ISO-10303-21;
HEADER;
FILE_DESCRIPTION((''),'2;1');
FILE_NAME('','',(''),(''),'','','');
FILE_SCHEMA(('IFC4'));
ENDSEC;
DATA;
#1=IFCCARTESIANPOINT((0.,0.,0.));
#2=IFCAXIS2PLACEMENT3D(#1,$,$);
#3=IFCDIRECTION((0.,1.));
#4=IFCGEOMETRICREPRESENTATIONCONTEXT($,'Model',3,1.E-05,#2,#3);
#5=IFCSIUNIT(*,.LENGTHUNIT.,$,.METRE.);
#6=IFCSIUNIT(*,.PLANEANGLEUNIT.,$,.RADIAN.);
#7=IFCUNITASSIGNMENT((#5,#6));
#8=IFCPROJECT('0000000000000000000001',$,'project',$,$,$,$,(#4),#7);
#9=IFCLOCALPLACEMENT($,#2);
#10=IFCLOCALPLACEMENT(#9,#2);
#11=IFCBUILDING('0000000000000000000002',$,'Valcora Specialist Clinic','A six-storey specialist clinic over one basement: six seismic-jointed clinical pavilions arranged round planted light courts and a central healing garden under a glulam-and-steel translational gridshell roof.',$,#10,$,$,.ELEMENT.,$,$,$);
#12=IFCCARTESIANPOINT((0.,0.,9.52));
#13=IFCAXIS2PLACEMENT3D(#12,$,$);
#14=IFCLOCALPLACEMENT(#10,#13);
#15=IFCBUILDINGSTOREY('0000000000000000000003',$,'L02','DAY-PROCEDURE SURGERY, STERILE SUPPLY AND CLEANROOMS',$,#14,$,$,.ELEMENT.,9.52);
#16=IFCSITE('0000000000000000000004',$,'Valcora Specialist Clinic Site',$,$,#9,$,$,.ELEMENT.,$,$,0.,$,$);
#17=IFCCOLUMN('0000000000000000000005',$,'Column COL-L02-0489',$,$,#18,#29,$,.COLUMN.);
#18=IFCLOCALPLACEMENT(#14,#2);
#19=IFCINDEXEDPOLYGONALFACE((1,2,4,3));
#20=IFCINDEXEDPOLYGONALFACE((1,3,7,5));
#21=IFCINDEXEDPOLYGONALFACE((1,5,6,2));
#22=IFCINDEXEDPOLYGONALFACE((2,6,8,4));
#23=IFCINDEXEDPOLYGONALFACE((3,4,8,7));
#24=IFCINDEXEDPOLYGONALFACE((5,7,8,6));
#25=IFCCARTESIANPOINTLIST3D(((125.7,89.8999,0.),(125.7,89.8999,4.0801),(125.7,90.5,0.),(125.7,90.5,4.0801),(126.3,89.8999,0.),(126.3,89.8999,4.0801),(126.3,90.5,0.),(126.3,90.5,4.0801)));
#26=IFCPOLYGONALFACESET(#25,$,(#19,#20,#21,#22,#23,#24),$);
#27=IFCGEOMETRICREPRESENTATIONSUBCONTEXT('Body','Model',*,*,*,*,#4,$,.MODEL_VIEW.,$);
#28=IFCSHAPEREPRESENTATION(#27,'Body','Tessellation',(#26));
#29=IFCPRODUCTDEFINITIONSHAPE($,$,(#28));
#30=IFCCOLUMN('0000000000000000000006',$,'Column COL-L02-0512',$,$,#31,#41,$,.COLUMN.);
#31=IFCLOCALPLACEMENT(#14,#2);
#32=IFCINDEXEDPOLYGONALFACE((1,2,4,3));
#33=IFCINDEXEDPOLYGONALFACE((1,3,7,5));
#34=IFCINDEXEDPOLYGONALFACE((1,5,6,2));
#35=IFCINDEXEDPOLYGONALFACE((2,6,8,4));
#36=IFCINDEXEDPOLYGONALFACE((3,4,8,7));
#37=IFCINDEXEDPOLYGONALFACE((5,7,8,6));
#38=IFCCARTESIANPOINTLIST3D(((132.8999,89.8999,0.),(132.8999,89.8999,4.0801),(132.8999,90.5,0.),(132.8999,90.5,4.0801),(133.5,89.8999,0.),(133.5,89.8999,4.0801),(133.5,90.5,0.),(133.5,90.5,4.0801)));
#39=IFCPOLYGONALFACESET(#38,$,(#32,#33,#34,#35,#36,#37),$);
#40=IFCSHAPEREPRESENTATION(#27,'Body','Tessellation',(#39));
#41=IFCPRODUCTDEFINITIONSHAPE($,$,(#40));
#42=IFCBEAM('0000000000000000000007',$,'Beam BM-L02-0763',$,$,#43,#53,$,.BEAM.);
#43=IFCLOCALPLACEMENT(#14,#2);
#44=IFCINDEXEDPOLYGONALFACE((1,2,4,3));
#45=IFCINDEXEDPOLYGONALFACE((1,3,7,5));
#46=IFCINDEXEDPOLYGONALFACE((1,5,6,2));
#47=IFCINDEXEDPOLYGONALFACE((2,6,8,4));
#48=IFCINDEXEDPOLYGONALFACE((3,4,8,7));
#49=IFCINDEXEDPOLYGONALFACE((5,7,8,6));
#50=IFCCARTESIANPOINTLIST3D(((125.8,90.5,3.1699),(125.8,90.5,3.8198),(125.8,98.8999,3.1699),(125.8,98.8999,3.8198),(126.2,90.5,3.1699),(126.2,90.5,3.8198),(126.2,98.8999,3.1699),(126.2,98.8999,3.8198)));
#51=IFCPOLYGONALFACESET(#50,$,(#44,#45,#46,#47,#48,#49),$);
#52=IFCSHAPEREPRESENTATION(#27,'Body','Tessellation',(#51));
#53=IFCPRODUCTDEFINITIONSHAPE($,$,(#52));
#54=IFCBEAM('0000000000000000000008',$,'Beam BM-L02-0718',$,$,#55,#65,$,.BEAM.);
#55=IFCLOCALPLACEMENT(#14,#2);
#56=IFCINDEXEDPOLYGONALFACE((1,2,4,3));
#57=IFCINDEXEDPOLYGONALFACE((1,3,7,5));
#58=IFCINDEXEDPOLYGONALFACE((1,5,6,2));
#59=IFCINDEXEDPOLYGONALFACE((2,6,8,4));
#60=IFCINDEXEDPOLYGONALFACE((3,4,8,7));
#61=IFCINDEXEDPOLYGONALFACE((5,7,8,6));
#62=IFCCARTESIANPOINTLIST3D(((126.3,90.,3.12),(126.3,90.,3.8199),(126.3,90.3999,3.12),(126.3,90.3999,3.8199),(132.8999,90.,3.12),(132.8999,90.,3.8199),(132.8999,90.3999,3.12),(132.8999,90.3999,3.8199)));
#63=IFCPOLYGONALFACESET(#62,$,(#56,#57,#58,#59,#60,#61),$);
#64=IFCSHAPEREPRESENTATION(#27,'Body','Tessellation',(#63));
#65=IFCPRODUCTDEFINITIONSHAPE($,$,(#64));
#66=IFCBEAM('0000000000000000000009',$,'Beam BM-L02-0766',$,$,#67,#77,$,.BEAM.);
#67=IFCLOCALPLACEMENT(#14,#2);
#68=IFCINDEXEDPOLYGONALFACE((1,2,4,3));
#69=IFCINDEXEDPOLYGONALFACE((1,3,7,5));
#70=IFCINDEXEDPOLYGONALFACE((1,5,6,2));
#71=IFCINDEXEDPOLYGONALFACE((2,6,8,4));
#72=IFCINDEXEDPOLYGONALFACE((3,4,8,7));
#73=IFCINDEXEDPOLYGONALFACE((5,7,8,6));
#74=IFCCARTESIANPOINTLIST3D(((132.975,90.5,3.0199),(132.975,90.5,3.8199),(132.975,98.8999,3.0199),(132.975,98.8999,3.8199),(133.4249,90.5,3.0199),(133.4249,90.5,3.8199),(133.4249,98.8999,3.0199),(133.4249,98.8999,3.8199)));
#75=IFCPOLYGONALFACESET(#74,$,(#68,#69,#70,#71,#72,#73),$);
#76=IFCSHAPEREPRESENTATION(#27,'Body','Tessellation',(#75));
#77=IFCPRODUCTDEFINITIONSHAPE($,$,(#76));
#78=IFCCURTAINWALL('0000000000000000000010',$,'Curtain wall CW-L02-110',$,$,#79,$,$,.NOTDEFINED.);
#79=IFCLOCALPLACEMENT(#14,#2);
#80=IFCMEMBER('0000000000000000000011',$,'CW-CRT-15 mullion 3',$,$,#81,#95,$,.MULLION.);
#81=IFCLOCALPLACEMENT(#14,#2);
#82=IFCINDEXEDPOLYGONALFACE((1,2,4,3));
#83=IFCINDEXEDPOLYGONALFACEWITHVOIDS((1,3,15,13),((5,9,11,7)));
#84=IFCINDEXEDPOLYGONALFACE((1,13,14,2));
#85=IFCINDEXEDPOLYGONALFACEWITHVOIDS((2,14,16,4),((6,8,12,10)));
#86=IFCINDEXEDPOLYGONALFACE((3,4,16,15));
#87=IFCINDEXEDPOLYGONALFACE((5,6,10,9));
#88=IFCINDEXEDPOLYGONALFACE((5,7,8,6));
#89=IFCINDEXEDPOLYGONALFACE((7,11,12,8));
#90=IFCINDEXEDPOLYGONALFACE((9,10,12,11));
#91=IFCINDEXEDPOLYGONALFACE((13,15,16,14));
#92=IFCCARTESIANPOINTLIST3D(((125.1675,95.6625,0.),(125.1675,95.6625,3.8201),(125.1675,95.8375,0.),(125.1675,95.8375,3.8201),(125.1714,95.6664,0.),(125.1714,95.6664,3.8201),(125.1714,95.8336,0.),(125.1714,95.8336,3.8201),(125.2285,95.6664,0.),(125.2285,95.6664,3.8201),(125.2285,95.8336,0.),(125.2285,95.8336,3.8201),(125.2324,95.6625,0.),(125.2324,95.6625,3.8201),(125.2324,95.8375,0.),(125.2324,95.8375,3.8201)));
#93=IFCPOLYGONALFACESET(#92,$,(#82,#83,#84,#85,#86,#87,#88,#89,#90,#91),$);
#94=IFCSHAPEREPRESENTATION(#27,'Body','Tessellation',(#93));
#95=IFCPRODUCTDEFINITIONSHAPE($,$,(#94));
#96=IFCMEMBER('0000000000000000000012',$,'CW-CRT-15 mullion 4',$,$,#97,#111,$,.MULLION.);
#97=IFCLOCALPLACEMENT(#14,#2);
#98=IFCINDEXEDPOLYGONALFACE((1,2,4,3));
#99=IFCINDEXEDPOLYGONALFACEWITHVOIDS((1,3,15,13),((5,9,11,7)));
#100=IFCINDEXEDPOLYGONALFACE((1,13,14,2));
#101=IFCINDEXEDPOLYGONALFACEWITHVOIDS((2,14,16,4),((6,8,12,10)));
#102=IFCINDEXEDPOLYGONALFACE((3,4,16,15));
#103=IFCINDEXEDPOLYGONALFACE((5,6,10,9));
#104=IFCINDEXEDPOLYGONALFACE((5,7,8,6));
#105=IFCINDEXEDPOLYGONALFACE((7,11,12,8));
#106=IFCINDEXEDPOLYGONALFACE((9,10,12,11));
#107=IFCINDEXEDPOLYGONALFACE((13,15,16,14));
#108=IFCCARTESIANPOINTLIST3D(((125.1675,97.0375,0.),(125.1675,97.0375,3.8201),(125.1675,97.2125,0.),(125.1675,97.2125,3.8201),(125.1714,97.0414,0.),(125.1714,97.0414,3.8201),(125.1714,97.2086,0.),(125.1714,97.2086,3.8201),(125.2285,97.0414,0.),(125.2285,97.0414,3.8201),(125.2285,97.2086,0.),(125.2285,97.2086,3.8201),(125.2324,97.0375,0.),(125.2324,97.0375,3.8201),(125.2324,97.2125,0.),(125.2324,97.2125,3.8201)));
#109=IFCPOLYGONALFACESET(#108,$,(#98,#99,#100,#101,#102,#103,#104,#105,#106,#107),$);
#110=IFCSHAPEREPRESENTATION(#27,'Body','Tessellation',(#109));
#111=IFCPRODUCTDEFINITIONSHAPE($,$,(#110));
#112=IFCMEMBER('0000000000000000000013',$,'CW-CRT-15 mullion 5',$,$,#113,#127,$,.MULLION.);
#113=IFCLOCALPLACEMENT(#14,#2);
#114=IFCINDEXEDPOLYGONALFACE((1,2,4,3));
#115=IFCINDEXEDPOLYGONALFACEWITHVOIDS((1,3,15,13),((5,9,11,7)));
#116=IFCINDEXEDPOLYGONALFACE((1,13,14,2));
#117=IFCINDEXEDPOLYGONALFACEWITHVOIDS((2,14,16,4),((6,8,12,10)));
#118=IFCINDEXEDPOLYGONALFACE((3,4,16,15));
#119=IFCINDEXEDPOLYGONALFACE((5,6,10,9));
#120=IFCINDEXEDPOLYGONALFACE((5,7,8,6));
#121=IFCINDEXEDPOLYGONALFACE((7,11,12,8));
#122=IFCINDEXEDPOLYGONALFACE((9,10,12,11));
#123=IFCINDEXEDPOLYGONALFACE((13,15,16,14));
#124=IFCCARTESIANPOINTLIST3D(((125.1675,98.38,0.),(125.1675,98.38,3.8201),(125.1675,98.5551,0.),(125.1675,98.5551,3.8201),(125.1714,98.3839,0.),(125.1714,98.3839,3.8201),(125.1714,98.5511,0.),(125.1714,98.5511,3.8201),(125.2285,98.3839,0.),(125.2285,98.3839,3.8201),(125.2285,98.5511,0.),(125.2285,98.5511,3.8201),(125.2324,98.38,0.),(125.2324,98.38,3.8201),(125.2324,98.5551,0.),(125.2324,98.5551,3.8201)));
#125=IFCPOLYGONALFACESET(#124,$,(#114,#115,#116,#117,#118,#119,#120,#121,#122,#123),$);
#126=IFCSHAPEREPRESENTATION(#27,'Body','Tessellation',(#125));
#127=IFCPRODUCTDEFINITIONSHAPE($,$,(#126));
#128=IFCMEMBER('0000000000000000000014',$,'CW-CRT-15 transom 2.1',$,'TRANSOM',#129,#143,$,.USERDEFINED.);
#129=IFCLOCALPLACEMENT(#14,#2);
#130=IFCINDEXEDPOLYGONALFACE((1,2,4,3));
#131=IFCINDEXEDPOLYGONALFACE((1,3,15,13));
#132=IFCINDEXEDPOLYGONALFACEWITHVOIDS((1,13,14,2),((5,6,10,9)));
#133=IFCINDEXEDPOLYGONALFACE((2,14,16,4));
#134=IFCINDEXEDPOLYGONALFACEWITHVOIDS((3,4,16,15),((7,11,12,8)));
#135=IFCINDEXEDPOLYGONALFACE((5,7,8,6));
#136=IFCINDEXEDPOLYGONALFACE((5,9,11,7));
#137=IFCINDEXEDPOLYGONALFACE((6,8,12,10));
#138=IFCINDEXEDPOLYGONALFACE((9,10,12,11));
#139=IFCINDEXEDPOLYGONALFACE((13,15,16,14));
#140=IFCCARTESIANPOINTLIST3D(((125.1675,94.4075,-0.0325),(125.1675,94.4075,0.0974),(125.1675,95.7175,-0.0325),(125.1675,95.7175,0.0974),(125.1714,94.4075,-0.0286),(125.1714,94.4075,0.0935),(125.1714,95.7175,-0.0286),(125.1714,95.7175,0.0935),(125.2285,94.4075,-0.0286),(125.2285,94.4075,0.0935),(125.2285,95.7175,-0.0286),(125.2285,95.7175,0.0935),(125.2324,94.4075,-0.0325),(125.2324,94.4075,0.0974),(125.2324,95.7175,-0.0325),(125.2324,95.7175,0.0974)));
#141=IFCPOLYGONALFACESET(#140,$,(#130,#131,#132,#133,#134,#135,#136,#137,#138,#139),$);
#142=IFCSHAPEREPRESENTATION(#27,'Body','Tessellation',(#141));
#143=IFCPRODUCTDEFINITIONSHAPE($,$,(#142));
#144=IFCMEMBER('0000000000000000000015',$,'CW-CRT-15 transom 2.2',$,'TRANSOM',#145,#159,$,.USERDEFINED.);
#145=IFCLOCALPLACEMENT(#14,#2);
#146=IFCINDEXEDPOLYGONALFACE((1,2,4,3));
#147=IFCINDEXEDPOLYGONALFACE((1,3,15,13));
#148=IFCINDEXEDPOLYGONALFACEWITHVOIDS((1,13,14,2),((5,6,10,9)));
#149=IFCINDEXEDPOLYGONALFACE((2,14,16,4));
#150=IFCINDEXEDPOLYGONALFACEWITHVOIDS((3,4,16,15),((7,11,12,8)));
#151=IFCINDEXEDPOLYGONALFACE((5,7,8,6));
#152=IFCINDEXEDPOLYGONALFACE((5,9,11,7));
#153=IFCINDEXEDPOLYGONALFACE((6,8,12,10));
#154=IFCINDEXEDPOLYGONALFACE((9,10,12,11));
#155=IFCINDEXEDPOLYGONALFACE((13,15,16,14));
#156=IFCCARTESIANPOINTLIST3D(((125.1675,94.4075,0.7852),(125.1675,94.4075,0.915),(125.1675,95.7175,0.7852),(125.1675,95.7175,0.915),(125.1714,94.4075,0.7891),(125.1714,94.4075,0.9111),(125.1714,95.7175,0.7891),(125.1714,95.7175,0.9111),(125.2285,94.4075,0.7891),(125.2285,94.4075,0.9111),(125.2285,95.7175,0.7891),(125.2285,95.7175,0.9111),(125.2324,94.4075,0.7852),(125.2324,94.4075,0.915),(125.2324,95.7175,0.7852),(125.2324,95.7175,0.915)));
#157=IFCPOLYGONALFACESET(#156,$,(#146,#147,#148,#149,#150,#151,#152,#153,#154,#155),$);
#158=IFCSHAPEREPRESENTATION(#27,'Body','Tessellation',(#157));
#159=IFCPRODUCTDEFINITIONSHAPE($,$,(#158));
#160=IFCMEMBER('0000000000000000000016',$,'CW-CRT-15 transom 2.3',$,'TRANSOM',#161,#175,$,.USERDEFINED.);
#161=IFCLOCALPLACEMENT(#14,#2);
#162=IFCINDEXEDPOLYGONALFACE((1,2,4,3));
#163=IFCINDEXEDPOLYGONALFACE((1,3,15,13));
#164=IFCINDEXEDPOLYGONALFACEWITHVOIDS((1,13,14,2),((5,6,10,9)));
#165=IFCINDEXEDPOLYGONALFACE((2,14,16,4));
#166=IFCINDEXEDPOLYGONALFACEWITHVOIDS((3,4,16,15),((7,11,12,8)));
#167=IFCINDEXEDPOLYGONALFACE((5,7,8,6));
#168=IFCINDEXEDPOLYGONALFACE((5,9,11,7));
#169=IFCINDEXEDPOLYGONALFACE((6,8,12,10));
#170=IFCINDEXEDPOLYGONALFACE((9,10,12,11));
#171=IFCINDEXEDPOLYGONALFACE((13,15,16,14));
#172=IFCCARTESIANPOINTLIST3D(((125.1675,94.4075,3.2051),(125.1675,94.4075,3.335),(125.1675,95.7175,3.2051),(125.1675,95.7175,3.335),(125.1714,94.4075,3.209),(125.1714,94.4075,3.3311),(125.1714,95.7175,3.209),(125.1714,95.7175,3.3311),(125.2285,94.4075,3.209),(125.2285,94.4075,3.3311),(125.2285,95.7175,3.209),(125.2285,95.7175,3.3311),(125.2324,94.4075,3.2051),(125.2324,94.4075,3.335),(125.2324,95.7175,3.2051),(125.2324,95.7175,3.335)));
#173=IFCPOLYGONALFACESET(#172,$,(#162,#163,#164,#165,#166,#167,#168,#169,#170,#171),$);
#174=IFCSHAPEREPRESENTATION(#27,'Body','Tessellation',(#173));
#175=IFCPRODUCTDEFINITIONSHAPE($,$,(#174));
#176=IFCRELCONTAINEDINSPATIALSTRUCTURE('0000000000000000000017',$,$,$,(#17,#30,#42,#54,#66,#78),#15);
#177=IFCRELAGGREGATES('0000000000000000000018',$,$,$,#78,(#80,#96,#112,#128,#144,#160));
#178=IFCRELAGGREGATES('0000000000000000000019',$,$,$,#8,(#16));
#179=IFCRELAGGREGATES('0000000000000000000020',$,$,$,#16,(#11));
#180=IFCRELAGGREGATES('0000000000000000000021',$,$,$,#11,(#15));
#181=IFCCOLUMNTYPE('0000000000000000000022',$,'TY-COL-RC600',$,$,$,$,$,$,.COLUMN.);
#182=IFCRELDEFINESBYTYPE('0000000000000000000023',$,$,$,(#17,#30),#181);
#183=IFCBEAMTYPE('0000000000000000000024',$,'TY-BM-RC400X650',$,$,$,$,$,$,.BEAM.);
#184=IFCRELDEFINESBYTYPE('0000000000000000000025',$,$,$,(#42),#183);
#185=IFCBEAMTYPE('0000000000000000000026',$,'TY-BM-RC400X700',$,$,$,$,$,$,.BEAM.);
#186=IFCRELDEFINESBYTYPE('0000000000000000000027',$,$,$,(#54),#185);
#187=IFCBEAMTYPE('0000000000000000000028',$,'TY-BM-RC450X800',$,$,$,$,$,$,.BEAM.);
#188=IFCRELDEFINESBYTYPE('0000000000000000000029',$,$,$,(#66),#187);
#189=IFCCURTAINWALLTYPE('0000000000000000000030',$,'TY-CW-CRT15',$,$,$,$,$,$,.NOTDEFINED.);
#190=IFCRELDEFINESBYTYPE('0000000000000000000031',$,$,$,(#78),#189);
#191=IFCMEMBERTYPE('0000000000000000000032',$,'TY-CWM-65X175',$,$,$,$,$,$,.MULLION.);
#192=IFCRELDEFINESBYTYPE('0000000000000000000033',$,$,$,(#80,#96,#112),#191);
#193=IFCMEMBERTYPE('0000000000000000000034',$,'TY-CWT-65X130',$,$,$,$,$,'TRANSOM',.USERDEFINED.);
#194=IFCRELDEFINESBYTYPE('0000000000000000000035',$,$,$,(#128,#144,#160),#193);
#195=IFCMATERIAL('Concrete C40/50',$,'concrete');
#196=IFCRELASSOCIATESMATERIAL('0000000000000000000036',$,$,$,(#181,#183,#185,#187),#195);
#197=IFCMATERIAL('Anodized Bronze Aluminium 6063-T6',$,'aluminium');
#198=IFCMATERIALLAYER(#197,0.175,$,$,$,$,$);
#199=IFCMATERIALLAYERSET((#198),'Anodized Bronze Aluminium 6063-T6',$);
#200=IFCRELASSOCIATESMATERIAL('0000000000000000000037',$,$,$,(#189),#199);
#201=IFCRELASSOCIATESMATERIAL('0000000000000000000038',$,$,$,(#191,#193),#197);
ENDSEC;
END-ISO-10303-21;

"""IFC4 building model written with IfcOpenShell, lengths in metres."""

from ifc_helpers import new_model, si_unit, direction, frame, origin, origin_2d, place, context, subcontext, project, spatial, rectangle, hollow_rectangle, extrude, material, layer, layer_set, material_profile, profile_set, type_object, element, aggregate, save


model = new_model("IFC4")

# Units and contexts
model_context = context("Model", 3, precision=1e-05, world=origin(), true_north=direction((0.0, 1.0)))
body_context = subcontext(model_context, "Body", "Model", "MODEL_VIEW")
ifc_project = project(units=[si_unit("LENGTHUNIT", "METRE"), si_unit("PLANEANGLEUNIT", "RADIAN")], contexts=[model_context])

# Site, building, storey
site_placement = place(None, origin())
site = spatial("IfcSite", under=ifc_project, at=site_placement, Name="Valcora Specialist Clinic Site", CompositionType="ELEMENT", RefElevation=0.0)
building_placement = place(site_placement, origin())
building = spatial("IfcBuilding", under=site, at=building_placement, Name="Valcora Specialist Clinic", Description="A six-storey specialist clinic over one basement: six seismic-jointed clinical pavilions arranged round planted light courts and a central healing garden under a glulam-and-steel translational gridshell roof.", CompositionType="ELEMENT")
storey_placement = place(building_placement, frame((0.0, 0.0, 9.52)))
storey = spatial("IfcBuildingStorey", under=building, at=storey_placement, Name="L02", Description="DAY-PROCEDURE SURGERY, STERILE SUPPLY AND CLEANROOMS", CompositionType="ELEMENT", Elevation=9.52)

# Columns
ifc_material_1 = material(Name="Concrete C40/50", Category="concrete")
ifc_material_profile_1 = material_profile(ifc_material_1, rectangle(XDim=0.6001, YDim=0.6001, at=origin_2d()), Name="RC-COL-600X600")
ifc_profile_set_1 = profile_set([ifc_material_profile_1], Name="Concrete C40/50")
column_type = type_object("IfcColumnType", Name="TY-COL-RC600", PredefinedType="COLUMN", material=ifc_profile_set_1)
for number, where, z_axis, x_axis, name in (
    (1, (126.0, 90.2, 0.0), (0.0, 0.0, 1.0), (1.0, 0.0, 0.0), "Column COL-L02-0489"),
    (2, (133.2, 90.2, 0.0), (0.0, 0.0, 1.0), (1.0, 0.0, 0.0), "Column COL-L02-0512"),
):
    element("IfcColumn", number, at=place(storey_placement, frame(where, z_axis=z_axis, x_axis=x_axis)), inside=storey, type_object=column_type, Name=name, PredefinedType="COLUMN", context=body_context, shape_type="SweptSolid", body=[
        extrude(rectangle(XDim=0.6001, YDim=0.6001, at=origin_2d()), origin(), (0.0, 0.0, 1.0), 4.0801),
    ])

# Beams
ifc_material_profile_2 = material_profile(ifc_material_1, rectangle(XDim=0.3999, YDim=0.6499, at=origin_2d()), Name="RC-BM-400X650")
ifc_profile_set_2 = profile_set([ifc_material_profile_2], Name="Concrete C40/50")
beam_type_1 = type_object("IfcBeamType", Name="TY-BM-RC400X650", PredefinedType="BEAM", material=ifc_profile_set_2)
beam_1_placement = place(storey_placement, frame((126.0, 90.5, 3.4949), z_axis=(0.0, 1.0, 0.0), x_axis=(-1.0, 0.0, 0.0)))
element("IfcBeam", 3, at=beam_1_placement, inside=storey, type_object=beam_type_1, Name="Beam BM-L02-0763", PredefinedType="BEAM", context=body_context, shape_type="SweptSolid", body=[
    extrude(rectangle(XDim=0.3999, YDim=0.6499, at=origin_2d()), origin(), (0.0, 0.0, 1.0), 8.3999),
])
ifc_material_profile_3 = material_profile(ifc_material_1, rectangle(XDim=0.3999, YDim=0.7, at=origin_2d()), Name="RC-BM-400X700")
ifc_profile_set_3 = profile_set([ifc_material_profile_3], Name="Concrete C40/50")
beam_type_2 = type_object("IfcBeamType", Name="TY-BM-RC400X700", PredefinedType="BEAM", material=ifc_profile_set_3)
beam_2_placement = place(storey_placement, frame((126.3, 90.2, 3.47), z_axis=(1.0, 0.0, 0.0), x_axis=(0.0, 1.0, 0.0)))
element("IfcBeam", 4, at=beam_2_placement, inside=storey, type_object=beam_type_2, Name="Beam BM-L02-0718", PredefinedType="BEAM", context=body_context, shape_type="SweptSolid", body=[
    extrude(rectangle(XDim=0.3999, YDim=0.7, at=origin_2d()), origin(), (0.0, 0.0, 1.0), 6.5999),
])
ifc_material_profile_4 = material_profile(ifc_material_1, rectangle(XDim=0.45, YDim=0.8, at=origin_2d()), Name="RC-BM-450X800")
ifc_profile_set_4 = profile_set([ifc_material_profile_4], Name="Concrete C40/50")
beam_type_3 = type_object("IfcBeamType", Name="TY-BM-RC450X800", PredefinedType="BEAM", material=ifc_profile_set_4)
beam_3_placement = place(storey_placement, frame((133.2, 90.5, 3.4199), z_axis=(0.0, 1.0, 0.0), x_axis=(-1.0, 0.0, 0.0)))
element("IfcBeam", 5, at=beam_3_placement, inside=storey, type_object=beam_type_3, Name="Beam BM-L02-0766", PredefinedType="BEAM", context=body_context, shape_type="SweptSolid", body=[
    extrude(rectangle(XDim=0.45, YDim=0.8, at=origin_2d()), origin(), (0.0, 0.0, 1.0), 8.3999),
])

# Curtain wall, members
ifc_material_2 = material(Name="Anodized Bronze Aluminium 6063-T6", Category="aluminium")
ifc_layer_1 = layer(ifc_material_2, 0.175)
ifc_layer_set_1 = layer_set([ifc_layer_1], Name="Anodized Bronze Aluminium 6063-T6")
curtain_wall_type = type_object("IfcCurtainWallType", Name="TY-CW-CRT15", PredefinedType="NOTDEFINED", material=ifc_layer_set_1)
curtain_wall_placement = place(storey_placement, origin())
curtain_wall = element("IfcCurtainWall", 6, at=curtain_wall_placement, inside=storey, type_object=curtain_wall_type, Name="Curtain wall CW-L02-110", PredefinedType="NOTDEFINED")
ifc_material_profile_5 = material_profile(ifc_material_2, hollow_rectangle(XDim=0.0649, YDim=0.175, WallThickness=0.0039, at=origin_2d()), Name="AL-MUL-65X175")
ifc_profile_set_5 = profile_set([ifc_material_profile_5], Name="Anodized Bronze Aluminium 6063-T6")
member_type_1 = type_object("IfcMemberType", Name="TY-CWM-65X175", PredefinedType="MULLION", material=ifc_profile_set_5)
member_1_placement = place(storey_placement, frame((125.2, 95.75, 0.0), z_axis=(0.0, 0.0, 1.0), x_axis=(-1.0, 0.0, 0.0)))
member_1 = element("IfcMember", 7, at=member_1_placement, type_object=member_type_1, Name="CW-CRT-15 mullion 3", PredefinedType="MULLION", context=body_context, shape_type="SweptSolid", body=[
    extrude(hollow_rectangle(XDim=0.0649, YDim=0.175, WallThickness=0.0039, at=origin_2d()), origin(), (0.0, 0.0, 1.0), 3.8201),
])
member_2_placement = place(storey_placement, frame((125.2, 97.125, 0.0), z_axis=(0.0, 0.0, 1.0), x_axis=(-1.0, 0.0, 0.0)))
member_2 = element("IfcMember", 8, at=member_2_placement, type_object=member_type_1, Name="CW-CRT-15 mullion 4", PredefinedType="MULLION", context=body_context, shape_type="SweptSolid", body=[
    extrude(hollow_rectangle(XDim=0.0649, YDim=0.175, WallThickness=0.0039, at=origin_2d()), origin(), (0.0, 0.0, 1.0), 3.8201),
])
member_3_placement = place(storey_placement, frame((125.2, 98.4675, 0.0), z_axis=(0.0, 0.0, 1.0), x_axis=(-1.0, 0.0, 0.0)))
member_3 = element("IfcMember", 9, at=member_3_placement, type_object=member_type_1, Name="CW-CRT-15 mullion 5", PredefinedType="MULLION", context=body_context, shape_type="SweptSolid", body=[
    extrude(hollow_rectangle(XDim=0.0649, YDim=0.175, WallThickness=0.0039, at=origin_2d()), origin(), (0.0, 0.0, 1.0), 3.8201),
])
ifc_material_profile_6 = material_profile(ifc_material_2, hollow_rectangle(XDim=0.0649, YDim=0.1299, WallThickness=0.0039, at=origin_2d()), Name="AL-TRN-65X130")
ifc_profile_set_6 = profile_set([ifc_material_profile_6], Name="Anodized Bronze Aluminium 6063-T6")
member_type_2 = type_object("IfcMemberType", Name="TY-CWT-65X130", ElementType="TRANSOM", PredefinedType="USERDEFINED", material=ifc_profile_set_6)
member_4_placement = place(storey_placement, frame((125.2, 94.4075, 0.0325), z_axis=(0.0, 1.0, 0.0), x_axis=(-1.0, 0.0, 0.0)))
member_4 = element("IfcMember", 10, at=member_4_placement, type_object=member_type_2, Name="CW-CRT-15 transom 2.1", ObjectType="TRANSOM", PredefinedType="USERDEFINED", context=body_context, shape_type="SweptSolid", body=[
    extrude(hollow_rectangle(XDim=0.0649, YDim=0.1299, WallThickness=0.0039, at=origin_2d()), origin(), (0.0, 0.0, 1.0), 1.3101),
])
member_5_placement = place(storey_placement, frame((125.2, 94.4075, 0.8501), z_axis=(0.0, 1.0, 0.0), x_axis=(-1.0, 0.0, 0.0)))
member_5 = element("IfcMember", 11, at=member_5_placement, type_object=member_type_2, Name="CW-CRT-15 transom 2.2", ObjectType="TRANSOM", PredefinedType="USERDEFINED", context=body_context, shape_type="SweptSolid", body=[
    extrude(hollow_rectangle(XDim=0.0649, YDim=0.1299, WallThickness=0.0039, at=origin_2d()), origin(), (0.0, 0.0, 1.0), 1.3101),
])
member_6_placement = place(storey_placement, frame((125.2, 94.4075, 3.27), z_axis=(0.0, 1.0, 0.0), x_axis=(-1.0, 0.0, 0.0)))
member_6 = element("IfcMember", 12, at=member_6_placement, type_object=member_type_2, Name="CW-CRT-15 transom 2.3", ObjectType="TRANSOM", PredefinedType="USERDEFINED", context=body_context, shape_type="SweptSolid", body=[
    extrude(hollow_rectangle(XDim=0.0649, YDim=0.1299, WallThickness=0.0039, at=origin_2d()), origin(), (0.0, 0.0, 1.0), 1.3101),
])
aggregate(curtain_wall, [member_1, member_2, member_3, member_4, member_5, member_6])

save(model, "model.ifc")
